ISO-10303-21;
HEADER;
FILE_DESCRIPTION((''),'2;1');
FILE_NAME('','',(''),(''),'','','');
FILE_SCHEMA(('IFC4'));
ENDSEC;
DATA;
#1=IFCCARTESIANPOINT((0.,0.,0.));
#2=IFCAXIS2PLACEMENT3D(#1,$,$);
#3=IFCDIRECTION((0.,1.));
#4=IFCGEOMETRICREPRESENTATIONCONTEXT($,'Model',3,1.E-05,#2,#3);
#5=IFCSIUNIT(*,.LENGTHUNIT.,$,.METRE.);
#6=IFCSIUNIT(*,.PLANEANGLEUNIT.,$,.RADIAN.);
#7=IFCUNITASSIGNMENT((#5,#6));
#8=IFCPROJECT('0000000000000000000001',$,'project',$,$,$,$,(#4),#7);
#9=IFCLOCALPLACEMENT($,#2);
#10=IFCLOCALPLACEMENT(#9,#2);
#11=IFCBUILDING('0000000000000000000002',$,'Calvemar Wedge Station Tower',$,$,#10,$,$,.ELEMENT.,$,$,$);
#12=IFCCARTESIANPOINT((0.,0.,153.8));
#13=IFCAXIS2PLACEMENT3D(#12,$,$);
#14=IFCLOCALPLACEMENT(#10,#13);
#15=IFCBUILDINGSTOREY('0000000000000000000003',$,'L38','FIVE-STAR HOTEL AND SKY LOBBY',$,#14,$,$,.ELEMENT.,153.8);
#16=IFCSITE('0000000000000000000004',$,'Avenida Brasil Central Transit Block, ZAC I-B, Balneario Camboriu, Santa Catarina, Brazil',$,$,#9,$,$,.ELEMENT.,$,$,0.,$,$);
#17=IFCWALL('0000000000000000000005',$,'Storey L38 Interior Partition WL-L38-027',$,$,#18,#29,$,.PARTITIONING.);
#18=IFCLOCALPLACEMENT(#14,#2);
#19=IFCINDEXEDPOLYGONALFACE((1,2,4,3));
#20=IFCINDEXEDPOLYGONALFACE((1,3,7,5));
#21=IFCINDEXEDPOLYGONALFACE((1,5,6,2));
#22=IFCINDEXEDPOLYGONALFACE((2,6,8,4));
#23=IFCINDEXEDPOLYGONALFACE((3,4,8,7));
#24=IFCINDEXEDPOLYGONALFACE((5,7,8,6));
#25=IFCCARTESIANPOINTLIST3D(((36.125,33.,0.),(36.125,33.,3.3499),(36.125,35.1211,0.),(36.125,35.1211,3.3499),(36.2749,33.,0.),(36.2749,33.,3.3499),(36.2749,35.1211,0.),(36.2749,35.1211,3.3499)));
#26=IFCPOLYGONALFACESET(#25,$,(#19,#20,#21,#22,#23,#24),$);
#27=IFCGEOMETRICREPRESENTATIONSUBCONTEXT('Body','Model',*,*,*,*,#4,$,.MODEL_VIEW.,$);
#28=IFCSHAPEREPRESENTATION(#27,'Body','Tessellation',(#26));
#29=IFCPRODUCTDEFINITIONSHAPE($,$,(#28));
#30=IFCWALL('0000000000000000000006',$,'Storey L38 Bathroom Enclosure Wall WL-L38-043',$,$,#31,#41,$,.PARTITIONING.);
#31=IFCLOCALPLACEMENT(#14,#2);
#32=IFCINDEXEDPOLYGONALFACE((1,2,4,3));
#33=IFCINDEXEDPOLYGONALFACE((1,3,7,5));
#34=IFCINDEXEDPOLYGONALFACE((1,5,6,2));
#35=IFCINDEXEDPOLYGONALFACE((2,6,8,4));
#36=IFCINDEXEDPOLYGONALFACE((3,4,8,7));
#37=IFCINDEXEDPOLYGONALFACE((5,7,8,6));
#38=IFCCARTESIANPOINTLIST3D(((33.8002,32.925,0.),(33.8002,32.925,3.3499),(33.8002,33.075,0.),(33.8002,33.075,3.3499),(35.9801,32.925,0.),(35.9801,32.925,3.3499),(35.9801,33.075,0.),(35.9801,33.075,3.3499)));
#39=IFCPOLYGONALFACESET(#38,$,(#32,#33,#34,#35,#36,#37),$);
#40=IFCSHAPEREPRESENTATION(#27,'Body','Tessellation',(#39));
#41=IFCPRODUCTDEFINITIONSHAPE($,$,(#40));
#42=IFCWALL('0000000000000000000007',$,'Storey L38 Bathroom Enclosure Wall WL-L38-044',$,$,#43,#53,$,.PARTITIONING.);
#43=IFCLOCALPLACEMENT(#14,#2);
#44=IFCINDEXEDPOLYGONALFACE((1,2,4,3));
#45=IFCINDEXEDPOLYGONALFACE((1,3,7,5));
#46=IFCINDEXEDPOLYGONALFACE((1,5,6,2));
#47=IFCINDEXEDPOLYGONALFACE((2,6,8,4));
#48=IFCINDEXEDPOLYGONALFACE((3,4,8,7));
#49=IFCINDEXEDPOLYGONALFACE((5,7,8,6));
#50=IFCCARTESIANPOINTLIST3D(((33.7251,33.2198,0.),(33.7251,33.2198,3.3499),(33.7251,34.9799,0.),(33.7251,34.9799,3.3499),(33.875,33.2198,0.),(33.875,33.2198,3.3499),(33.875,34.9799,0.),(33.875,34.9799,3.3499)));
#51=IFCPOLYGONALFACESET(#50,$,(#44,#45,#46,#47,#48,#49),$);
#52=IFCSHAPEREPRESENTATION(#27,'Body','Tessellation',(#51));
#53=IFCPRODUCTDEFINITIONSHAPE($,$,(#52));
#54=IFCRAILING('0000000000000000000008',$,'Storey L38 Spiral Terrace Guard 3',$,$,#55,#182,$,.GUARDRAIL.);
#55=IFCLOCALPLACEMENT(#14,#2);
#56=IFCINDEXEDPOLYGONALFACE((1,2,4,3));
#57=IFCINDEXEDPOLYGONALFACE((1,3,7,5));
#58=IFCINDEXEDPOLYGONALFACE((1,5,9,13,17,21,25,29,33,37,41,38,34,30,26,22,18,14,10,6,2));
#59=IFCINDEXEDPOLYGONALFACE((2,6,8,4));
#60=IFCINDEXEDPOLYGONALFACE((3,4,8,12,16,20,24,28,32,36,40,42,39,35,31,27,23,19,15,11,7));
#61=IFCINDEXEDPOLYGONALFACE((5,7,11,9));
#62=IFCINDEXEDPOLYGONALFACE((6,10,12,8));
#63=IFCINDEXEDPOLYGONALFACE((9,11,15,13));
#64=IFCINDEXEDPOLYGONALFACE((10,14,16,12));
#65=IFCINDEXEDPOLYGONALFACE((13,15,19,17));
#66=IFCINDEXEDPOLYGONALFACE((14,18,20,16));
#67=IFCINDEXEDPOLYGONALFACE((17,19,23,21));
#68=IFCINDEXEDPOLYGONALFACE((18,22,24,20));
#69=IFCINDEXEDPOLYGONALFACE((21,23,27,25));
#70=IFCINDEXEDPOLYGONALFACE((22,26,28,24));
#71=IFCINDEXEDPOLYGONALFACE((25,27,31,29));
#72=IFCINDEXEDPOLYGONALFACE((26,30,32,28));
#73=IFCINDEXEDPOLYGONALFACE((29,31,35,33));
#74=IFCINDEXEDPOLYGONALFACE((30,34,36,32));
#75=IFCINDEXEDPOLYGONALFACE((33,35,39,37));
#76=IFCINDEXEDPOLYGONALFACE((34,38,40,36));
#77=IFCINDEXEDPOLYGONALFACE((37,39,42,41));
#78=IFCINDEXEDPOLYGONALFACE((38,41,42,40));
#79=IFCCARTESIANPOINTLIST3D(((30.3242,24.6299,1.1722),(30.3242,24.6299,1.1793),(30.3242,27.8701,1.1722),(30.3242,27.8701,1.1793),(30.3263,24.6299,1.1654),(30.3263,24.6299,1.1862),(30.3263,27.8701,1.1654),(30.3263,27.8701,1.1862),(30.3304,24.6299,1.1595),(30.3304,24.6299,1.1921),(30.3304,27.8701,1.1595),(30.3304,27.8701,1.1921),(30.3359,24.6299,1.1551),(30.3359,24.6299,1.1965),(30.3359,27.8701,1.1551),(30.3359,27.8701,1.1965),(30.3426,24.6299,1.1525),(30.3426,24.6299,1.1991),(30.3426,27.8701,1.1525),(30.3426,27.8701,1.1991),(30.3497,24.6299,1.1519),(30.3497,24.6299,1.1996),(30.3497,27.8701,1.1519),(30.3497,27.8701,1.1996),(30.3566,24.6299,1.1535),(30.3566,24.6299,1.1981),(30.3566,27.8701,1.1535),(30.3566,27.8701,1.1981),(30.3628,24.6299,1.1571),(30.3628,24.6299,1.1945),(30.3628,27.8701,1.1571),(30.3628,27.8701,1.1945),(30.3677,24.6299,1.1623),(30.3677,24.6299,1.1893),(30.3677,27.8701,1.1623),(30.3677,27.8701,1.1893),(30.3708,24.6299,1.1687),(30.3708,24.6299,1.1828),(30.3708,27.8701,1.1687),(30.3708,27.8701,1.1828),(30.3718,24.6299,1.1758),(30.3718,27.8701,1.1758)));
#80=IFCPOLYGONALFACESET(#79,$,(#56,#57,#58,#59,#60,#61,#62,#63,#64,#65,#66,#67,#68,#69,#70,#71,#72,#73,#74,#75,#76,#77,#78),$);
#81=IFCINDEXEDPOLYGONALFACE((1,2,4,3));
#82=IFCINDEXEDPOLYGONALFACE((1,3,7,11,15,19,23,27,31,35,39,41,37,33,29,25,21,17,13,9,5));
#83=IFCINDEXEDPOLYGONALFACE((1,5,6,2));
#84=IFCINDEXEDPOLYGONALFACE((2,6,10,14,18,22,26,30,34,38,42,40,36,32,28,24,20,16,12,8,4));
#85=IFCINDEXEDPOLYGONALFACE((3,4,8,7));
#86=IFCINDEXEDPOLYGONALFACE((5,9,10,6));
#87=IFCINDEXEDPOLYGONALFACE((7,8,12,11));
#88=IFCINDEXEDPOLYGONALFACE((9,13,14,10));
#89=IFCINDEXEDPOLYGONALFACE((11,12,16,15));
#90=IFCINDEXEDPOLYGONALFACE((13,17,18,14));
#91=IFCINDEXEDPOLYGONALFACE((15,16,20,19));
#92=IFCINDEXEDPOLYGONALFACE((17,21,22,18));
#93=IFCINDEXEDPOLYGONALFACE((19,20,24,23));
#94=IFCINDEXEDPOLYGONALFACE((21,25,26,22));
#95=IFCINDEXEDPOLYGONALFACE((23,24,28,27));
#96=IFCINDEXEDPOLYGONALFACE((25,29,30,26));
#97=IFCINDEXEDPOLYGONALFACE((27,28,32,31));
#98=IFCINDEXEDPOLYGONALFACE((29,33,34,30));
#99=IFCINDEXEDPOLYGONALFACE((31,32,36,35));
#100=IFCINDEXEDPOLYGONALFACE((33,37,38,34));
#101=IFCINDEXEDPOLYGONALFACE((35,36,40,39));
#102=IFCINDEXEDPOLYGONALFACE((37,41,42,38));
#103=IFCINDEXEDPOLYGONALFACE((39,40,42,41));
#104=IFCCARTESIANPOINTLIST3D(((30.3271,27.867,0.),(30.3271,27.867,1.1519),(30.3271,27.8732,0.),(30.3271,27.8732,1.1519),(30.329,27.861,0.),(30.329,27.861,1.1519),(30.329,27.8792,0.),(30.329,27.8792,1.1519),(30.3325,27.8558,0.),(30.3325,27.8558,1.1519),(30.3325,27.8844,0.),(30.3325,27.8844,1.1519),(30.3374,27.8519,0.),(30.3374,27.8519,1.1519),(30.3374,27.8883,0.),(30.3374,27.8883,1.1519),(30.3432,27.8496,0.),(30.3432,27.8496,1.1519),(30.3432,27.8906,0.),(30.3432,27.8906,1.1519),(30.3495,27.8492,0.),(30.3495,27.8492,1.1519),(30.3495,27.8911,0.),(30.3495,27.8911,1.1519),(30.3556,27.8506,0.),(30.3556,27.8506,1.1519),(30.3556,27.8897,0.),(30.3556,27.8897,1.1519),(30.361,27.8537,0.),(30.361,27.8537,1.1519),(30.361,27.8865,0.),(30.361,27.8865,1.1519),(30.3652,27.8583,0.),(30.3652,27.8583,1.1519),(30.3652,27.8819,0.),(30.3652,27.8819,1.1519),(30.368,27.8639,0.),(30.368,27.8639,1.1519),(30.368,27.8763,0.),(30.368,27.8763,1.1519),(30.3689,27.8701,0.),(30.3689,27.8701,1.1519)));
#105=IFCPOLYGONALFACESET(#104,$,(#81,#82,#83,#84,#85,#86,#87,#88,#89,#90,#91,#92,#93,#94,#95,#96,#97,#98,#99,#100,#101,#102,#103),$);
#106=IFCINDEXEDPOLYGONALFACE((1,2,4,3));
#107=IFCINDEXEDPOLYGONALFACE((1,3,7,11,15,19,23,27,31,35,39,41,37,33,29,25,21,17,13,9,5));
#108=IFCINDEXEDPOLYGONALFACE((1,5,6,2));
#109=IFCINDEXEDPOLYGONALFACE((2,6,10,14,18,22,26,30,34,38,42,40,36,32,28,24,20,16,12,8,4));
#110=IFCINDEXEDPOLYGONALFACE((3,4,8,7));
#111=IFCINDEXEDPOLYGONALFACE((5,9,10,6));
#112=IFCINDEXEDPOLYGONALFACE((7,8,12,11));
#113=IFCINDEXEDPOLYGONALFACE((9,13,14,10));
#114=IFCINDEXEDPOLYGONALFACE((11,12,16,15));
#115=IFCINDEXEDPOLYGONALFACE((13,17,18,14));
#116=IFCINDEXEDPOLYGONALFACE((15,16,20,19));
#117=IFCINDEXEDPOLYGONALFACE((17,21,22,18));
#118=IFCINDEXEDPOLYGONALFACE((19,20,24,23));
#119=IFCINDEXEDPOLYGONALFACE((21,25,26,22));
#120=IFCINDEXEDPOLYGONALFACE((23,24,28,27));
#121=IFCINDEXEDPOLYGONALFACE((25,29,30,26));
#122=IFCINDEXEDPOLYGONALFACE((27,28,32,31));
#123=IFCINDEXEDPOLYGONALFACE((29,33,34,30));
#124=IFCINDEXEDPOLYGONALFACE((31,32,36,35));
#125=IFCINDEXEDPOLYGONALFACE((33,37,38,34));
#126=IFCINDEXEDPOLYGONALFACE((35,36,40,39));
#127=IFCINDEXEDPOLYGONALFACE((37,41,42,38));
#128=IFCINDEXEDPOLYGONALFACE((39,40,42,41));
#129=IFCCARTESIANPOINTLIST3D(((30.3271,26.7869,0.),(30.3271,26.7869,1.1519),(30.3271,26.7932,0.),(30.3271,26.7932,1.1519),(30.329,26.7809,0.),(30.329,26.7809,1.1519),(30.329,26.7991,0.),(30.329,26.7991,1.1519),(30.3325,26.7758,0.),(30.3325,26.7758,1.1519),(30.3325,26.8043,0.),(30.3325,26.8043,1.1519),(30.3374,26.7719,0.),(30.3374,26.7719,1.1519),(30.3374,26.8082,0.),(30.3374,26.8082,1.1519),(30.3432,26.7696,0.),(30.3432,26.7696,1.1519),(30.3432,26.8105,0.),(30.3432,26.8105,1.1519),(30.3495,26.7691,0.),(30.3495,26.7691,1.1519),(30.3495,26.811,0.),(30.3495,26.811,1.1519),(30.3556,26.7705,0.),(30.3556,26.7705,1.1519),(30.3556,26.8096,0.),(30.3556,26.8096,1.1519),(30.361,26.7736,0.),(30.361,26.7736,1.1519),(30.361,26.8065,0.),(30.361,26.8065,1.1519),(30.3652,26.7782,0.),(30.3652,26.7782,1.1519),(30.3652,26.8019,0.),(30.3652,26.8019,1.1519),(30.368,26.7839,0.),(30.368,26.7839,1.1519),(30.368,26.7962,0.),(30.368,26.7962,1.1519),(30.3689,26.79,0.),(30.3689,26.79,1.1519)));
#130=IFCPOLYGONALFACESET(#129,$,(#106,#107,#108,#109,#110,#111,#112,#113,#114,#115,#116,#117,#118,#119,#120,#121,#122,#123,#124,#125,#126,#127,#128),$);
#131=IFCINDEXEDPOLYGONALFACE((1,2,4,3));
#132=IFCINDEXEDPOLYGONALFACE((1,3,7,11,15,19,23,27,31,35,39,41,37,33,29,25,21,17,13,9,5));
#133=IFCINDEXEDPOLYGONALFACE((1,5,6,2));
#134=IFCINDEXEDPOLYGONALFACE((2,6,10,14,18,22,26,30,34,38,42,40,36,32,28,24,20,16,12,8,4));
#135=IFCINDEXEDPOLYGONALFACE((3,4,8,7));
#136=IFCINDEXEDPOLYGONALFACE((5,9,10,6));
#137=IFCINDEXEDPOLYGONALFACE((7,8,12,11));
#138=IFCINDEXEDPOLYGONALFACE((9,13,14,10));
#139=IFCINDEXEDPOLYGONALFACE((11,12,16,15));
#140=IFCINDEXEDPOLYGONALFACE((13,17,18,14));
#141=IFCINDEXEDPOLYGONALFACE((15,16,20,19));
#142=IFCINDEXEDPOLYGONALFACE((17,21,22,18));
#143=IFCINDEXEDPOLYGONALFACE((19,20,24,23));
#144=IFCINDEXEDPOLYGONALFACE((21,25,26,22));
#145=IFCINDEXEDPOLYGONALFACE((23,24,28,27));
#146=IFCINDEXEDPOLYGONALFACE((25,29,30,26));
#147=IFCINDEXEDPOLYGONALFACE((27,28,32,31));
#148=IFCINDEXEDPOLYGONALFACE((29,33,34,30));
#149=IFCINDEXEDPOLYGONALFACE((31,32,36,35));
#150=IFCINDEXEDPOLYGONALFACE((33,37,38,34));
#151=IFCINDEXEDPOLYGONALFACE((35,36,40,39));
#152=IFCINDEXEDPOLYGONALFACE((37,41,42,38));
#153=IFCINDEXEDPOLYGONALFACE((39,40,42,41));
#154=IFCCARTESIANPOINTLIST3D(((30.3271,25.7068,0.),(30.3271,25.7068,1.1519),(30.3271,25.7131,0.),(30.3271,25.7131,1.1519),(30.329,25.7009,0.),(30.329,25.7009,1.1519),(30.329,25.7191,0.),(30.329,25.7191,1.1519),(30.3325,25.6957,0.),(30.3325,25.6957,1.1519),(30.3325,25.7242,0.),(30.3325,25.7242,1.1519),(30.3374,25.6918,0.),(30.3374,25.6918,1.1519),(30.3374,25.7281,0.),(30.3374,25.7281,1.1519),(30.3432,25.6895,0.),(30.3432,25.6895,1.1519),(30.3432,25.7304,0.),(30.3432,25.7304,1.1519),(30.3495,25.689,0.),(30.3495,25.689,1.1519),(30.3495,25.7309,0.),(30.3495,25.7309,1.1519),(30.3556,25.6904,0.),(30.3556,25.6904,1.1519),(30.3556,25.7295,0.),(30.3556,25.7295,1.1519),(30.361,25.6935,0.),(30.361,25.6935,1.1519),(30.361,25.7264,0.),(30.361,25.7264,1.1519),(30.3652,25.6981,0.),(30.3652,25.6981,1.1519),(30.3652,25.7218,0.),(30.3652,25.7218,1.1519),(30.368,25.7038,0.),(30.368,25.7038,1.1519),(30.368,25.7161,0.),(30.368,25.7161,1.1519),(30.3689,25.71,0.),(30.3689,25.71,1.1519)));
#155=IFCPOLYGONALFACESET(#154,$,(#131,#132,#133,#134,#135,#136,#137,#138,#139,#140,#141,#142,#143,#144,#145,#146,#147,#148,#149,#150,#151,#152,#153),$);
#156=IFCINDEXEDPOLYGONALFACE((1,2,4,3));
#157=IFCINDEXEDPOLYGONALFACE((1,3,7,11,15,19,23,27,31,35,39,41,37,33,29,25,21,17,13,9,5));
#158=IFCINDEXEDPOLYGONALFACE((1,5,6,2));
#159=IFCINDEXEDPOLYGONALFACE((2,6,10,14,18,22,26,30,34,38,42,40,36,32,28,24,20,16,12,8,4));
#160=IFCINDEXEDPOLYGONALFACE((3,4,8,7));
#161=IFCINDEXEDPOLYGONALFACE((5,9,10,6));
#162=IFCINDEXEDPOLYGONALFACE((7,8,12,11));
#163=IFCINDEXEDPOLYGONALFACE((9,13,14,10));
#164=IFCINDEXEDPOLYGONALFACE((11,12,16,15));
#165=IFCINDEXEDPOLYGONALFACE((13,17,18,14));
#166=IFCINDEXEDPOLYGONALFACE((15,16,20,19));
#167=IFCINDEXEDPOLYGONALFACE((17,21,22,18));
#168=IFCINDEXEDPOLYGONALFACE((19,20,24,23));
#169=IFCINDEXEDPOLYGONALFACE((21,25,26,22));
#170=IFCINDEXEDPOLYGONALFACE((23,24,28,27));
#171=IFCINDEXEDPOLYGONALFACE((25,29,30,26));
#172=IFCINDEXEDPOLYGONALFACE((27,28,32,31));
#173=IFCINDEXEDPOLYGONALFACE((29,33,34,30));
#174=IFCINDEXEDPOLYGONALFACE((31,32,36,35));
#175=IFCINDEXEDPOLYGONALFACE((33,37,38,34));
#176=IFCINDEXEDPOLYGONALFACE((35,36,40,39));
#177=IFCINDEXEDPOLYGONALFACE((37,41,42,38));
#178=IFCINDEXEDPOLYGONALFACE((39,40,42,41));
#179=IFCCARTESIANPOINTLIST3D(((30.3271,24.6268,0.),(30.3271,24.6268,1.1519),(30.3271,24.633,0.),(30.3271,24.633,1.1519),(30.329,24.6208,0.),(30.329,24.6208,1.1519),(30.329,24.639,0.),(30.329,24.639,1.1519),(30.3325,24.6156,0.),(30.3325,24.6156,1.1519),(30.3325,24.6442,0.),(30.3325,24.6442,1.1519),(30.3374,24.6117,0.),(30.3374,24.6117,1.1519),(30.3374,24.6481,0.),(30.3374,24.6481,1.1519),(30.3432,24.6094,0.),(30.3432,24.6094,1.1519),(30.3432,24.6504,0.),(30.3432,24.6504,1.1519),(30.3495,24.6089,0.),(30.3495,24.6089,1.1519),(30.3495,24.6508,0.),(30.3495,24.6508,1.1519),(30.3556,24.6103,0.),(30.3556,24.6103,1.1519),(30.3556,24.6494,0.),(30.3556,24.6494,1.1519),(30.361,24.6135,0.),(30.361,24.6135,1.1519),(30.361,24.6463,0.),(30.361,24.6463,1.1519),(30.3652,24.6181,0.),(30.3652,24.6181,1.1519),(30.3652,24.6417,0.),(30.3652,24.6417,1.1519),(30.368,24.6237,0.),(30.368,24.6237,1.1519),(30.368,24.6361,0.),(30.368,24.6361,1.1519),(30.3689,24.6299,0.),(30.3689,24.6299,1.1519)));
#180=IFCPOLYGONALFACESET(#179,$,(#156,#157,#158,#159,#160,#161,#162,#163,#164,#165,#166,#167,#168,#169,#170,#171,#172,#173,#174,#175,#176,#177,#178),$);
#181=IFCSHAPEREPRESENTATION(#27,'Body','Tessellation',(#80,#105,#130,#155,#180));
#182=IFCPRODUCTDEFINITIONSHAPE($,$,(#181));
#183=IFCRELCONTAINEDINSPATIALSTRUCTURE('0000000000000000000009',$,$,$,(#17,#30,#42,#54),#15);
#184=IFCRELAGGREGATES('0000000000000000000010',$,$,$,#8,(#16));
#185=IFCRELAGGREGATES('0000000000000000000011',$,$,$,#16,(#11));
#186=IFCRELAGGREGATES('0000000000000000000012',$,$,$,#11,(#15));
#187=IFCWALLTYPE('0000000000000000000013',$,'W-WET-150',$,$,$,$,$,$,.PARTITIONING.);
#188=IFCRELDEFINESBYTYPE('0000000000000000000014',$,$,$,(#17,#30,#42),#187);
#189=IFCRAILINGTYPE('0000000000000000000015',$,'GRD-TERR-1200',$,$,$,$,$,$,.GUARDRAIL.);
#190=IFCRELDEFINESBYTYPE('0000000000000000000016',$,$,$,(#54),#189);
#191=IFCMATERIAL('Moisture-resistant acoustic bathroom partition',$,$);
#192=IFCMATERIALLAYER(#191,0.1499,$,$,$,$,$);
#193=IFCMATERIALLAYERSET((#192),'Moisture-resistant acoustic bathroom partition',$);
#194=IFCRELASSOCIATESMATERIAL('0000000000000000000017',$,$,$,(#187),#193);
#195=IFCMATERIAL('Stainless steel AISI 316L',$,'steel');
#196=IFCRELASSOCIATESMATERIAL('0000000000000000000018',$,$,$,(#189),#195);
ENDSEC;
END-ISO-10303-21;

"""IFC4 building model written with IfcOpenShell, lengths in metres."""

from ifc_helpers import new_model, si_unit, direction, frame, frame_2d, origin, origin_2d, place, context, subcontext, project, spatial, rectangle, circle, extrude, material, layer, layer_set, type_object, element, save


model = new_model("IFC4")

# Units and contexts
model_context = context("Model", 3, precision=1e-05, world=origin(), true_north=direction((0.0, 1.0)))
body_context = subcontext(model_context, "Body", "Model", "MODEL_VIEW")
ifc_project = project(units=[si_unit("LENGTHUNIT", "METRE"), si_unit("PLANEANGLEUNIT", "RADIAN")], contexts=[model_context])

# Site, building, storey
site_placement = place(None, origin())
site = spatial("IfcSite", under=ifc_project, at=site_placement, Name="Avenida Brasil Central Transit Block, ZAC I-B, Balneario Camboriu, Santa Catarina, Brazil", CompositionType="ELEMENT", RefElevation=0.0)
building_placement = place(site_placement, origin())
building = spatial("IfcBuilding", under=site, at=building_placement, Name="Calvemar Wedge Station Tower", CompositionType="ELEMENT")
storey_placement = place(building_placement, frame((0.0, 0.0, 153.8)))
storey = spatial("IfcBuildingStorey", under=building, at=storey_placement, Name="L38", Description="FIVE-STAR HOTEL AND SKY LOBBY", CompositionType="ELEMENT", Elevation=153.8)

# Shared definitions
ifc_material_1 = material(Name="Moisture-resistant acoustic bathroom partition")
ifc_layer_1 = layer(ifc_material_1, 0.1499)
ifc_layer_set_1 = layer_set([ifc_layer_1], Name="Moisture-resistant acoustic bathroom partition")
wall_type_1 = type_object("IfcWallType", Name="W-WET-150", PredefinedType="PARTITIONING", material=ifc_layer_set_1)

# Walls
wall_1_placement = place(storey_placement, frame((36.2, 35.1211, 0.0), z_axis=(0.0, 0.0, 1.0), x_axis=(0.0, -1.0, 0.0)))
element("IfcWall", 1, at=wall_1_placement, inside=storey, type_object=wall_type_1, Name="Storey L38 Interior Partition WL-L38-027", PredefinedType="PARTITIONING", context=body_context, shape_type="SweptSolid", body=[
    extrude(rectangle(XDim=2.1211, YDim=0.1499, at=frame_2d((1.0605, 0.0))), origin(), (0.0, 0.0, 1.0), 3.3499),
])
wall_2_placement = place(storey_placement, frame((35.98, 33.0, 0.0), z_axis=(0.0, 0.0, 1.0), x_axis=(-1.0, 0.0, 0.0)))
element("IfcWall", 2, at=wall_2_placement, inside=storey, type_object=wall_type_1, Name="Storey L38 Bathroom Enclosure Wall WL-L38-043", PredefinedType="PARTITIONING", context=body_context, shape_type="SweptSolid", body=[
    extrude(rectangle(XDim=2.1799, YDim=0.1499, at=frame_2d((1.0898, 0.0))), origin(), (0.0, 0.0, 1.0), 3.3499),
])
wall_3_placement = place(storey_placement, frame((33.8, 33.22, 0.0), z_axis=(0.0, 0.0, 1.0), x_axis=(0.0, 1.0, 0.0)))
element("IfcWall", 3, at=wall_3_placement, inside=storey, type_object=wall_type_1, Name="Storey L38 Bathroom Enclosure Wall WL-L38-044", PredefinedType="PARTITIONING", context=body_context, shape_type="SweptSolid", body=[
    extrude(rectangle(XDim=1.76, YDim=0.1499, at=frame_2d((0.8799, 0.0))), origin(), (0.0, 0.0, 1.0), 3.3499),
])

# Railing
ifc_material_2 = material(Name="Stainless steel AISI 316L", Category="steel")
railing_type_1 = type_object("IfcRailingType", Name="GRD-TERR-1200", PredefinedType="GUARDRAIL", material=ifc_material_2)
railing_1_placement = place(storey_placement, frame((30.3479, 27.8701, 0.0)))
element("IfcRailing", 4, at=railing_1_placement, inside=storey, type_object=railing_type_1, Name="Storey L38 Spiral Terrace Guard 3", PredefinedType="GUARDRAIL", context=body_context, shape_type="SweptSolid", body=[
    extrude(circle(Radius=0.0239, at=origin_2d()), frame((0.0, 0.0, 1.1758), z_axis=(0.0, -1.0, 0.0), x_axis=(1.0, 0.0, 0.0)), (0.0, 0.0, 1.0), 3.2402),
    extrude(circle(Radius=0.021, at=origin_2d()), origin(), (0.0, 0.0, 1.0), 1.1519),
    extrude(circle(Radius=0.021, at=origin_2d()), frame((0.0, -1.0801, 0.0)), (0.0, 0.0, 1.0), 1.1519),
    extrude(circle(Radius=0.021, at=origin_2d()), frame((0.0, -2.1602, 0.0)), (0.0, 0.0, 1.0), 1.1519),
    extrude(circle(Radius=0.021, at=origin_2d()), frame((0.0, -3.2402, 0.0)), (0.0, 0.0, 1.0), 1.1519),
])

save(model, "model.ifc")
